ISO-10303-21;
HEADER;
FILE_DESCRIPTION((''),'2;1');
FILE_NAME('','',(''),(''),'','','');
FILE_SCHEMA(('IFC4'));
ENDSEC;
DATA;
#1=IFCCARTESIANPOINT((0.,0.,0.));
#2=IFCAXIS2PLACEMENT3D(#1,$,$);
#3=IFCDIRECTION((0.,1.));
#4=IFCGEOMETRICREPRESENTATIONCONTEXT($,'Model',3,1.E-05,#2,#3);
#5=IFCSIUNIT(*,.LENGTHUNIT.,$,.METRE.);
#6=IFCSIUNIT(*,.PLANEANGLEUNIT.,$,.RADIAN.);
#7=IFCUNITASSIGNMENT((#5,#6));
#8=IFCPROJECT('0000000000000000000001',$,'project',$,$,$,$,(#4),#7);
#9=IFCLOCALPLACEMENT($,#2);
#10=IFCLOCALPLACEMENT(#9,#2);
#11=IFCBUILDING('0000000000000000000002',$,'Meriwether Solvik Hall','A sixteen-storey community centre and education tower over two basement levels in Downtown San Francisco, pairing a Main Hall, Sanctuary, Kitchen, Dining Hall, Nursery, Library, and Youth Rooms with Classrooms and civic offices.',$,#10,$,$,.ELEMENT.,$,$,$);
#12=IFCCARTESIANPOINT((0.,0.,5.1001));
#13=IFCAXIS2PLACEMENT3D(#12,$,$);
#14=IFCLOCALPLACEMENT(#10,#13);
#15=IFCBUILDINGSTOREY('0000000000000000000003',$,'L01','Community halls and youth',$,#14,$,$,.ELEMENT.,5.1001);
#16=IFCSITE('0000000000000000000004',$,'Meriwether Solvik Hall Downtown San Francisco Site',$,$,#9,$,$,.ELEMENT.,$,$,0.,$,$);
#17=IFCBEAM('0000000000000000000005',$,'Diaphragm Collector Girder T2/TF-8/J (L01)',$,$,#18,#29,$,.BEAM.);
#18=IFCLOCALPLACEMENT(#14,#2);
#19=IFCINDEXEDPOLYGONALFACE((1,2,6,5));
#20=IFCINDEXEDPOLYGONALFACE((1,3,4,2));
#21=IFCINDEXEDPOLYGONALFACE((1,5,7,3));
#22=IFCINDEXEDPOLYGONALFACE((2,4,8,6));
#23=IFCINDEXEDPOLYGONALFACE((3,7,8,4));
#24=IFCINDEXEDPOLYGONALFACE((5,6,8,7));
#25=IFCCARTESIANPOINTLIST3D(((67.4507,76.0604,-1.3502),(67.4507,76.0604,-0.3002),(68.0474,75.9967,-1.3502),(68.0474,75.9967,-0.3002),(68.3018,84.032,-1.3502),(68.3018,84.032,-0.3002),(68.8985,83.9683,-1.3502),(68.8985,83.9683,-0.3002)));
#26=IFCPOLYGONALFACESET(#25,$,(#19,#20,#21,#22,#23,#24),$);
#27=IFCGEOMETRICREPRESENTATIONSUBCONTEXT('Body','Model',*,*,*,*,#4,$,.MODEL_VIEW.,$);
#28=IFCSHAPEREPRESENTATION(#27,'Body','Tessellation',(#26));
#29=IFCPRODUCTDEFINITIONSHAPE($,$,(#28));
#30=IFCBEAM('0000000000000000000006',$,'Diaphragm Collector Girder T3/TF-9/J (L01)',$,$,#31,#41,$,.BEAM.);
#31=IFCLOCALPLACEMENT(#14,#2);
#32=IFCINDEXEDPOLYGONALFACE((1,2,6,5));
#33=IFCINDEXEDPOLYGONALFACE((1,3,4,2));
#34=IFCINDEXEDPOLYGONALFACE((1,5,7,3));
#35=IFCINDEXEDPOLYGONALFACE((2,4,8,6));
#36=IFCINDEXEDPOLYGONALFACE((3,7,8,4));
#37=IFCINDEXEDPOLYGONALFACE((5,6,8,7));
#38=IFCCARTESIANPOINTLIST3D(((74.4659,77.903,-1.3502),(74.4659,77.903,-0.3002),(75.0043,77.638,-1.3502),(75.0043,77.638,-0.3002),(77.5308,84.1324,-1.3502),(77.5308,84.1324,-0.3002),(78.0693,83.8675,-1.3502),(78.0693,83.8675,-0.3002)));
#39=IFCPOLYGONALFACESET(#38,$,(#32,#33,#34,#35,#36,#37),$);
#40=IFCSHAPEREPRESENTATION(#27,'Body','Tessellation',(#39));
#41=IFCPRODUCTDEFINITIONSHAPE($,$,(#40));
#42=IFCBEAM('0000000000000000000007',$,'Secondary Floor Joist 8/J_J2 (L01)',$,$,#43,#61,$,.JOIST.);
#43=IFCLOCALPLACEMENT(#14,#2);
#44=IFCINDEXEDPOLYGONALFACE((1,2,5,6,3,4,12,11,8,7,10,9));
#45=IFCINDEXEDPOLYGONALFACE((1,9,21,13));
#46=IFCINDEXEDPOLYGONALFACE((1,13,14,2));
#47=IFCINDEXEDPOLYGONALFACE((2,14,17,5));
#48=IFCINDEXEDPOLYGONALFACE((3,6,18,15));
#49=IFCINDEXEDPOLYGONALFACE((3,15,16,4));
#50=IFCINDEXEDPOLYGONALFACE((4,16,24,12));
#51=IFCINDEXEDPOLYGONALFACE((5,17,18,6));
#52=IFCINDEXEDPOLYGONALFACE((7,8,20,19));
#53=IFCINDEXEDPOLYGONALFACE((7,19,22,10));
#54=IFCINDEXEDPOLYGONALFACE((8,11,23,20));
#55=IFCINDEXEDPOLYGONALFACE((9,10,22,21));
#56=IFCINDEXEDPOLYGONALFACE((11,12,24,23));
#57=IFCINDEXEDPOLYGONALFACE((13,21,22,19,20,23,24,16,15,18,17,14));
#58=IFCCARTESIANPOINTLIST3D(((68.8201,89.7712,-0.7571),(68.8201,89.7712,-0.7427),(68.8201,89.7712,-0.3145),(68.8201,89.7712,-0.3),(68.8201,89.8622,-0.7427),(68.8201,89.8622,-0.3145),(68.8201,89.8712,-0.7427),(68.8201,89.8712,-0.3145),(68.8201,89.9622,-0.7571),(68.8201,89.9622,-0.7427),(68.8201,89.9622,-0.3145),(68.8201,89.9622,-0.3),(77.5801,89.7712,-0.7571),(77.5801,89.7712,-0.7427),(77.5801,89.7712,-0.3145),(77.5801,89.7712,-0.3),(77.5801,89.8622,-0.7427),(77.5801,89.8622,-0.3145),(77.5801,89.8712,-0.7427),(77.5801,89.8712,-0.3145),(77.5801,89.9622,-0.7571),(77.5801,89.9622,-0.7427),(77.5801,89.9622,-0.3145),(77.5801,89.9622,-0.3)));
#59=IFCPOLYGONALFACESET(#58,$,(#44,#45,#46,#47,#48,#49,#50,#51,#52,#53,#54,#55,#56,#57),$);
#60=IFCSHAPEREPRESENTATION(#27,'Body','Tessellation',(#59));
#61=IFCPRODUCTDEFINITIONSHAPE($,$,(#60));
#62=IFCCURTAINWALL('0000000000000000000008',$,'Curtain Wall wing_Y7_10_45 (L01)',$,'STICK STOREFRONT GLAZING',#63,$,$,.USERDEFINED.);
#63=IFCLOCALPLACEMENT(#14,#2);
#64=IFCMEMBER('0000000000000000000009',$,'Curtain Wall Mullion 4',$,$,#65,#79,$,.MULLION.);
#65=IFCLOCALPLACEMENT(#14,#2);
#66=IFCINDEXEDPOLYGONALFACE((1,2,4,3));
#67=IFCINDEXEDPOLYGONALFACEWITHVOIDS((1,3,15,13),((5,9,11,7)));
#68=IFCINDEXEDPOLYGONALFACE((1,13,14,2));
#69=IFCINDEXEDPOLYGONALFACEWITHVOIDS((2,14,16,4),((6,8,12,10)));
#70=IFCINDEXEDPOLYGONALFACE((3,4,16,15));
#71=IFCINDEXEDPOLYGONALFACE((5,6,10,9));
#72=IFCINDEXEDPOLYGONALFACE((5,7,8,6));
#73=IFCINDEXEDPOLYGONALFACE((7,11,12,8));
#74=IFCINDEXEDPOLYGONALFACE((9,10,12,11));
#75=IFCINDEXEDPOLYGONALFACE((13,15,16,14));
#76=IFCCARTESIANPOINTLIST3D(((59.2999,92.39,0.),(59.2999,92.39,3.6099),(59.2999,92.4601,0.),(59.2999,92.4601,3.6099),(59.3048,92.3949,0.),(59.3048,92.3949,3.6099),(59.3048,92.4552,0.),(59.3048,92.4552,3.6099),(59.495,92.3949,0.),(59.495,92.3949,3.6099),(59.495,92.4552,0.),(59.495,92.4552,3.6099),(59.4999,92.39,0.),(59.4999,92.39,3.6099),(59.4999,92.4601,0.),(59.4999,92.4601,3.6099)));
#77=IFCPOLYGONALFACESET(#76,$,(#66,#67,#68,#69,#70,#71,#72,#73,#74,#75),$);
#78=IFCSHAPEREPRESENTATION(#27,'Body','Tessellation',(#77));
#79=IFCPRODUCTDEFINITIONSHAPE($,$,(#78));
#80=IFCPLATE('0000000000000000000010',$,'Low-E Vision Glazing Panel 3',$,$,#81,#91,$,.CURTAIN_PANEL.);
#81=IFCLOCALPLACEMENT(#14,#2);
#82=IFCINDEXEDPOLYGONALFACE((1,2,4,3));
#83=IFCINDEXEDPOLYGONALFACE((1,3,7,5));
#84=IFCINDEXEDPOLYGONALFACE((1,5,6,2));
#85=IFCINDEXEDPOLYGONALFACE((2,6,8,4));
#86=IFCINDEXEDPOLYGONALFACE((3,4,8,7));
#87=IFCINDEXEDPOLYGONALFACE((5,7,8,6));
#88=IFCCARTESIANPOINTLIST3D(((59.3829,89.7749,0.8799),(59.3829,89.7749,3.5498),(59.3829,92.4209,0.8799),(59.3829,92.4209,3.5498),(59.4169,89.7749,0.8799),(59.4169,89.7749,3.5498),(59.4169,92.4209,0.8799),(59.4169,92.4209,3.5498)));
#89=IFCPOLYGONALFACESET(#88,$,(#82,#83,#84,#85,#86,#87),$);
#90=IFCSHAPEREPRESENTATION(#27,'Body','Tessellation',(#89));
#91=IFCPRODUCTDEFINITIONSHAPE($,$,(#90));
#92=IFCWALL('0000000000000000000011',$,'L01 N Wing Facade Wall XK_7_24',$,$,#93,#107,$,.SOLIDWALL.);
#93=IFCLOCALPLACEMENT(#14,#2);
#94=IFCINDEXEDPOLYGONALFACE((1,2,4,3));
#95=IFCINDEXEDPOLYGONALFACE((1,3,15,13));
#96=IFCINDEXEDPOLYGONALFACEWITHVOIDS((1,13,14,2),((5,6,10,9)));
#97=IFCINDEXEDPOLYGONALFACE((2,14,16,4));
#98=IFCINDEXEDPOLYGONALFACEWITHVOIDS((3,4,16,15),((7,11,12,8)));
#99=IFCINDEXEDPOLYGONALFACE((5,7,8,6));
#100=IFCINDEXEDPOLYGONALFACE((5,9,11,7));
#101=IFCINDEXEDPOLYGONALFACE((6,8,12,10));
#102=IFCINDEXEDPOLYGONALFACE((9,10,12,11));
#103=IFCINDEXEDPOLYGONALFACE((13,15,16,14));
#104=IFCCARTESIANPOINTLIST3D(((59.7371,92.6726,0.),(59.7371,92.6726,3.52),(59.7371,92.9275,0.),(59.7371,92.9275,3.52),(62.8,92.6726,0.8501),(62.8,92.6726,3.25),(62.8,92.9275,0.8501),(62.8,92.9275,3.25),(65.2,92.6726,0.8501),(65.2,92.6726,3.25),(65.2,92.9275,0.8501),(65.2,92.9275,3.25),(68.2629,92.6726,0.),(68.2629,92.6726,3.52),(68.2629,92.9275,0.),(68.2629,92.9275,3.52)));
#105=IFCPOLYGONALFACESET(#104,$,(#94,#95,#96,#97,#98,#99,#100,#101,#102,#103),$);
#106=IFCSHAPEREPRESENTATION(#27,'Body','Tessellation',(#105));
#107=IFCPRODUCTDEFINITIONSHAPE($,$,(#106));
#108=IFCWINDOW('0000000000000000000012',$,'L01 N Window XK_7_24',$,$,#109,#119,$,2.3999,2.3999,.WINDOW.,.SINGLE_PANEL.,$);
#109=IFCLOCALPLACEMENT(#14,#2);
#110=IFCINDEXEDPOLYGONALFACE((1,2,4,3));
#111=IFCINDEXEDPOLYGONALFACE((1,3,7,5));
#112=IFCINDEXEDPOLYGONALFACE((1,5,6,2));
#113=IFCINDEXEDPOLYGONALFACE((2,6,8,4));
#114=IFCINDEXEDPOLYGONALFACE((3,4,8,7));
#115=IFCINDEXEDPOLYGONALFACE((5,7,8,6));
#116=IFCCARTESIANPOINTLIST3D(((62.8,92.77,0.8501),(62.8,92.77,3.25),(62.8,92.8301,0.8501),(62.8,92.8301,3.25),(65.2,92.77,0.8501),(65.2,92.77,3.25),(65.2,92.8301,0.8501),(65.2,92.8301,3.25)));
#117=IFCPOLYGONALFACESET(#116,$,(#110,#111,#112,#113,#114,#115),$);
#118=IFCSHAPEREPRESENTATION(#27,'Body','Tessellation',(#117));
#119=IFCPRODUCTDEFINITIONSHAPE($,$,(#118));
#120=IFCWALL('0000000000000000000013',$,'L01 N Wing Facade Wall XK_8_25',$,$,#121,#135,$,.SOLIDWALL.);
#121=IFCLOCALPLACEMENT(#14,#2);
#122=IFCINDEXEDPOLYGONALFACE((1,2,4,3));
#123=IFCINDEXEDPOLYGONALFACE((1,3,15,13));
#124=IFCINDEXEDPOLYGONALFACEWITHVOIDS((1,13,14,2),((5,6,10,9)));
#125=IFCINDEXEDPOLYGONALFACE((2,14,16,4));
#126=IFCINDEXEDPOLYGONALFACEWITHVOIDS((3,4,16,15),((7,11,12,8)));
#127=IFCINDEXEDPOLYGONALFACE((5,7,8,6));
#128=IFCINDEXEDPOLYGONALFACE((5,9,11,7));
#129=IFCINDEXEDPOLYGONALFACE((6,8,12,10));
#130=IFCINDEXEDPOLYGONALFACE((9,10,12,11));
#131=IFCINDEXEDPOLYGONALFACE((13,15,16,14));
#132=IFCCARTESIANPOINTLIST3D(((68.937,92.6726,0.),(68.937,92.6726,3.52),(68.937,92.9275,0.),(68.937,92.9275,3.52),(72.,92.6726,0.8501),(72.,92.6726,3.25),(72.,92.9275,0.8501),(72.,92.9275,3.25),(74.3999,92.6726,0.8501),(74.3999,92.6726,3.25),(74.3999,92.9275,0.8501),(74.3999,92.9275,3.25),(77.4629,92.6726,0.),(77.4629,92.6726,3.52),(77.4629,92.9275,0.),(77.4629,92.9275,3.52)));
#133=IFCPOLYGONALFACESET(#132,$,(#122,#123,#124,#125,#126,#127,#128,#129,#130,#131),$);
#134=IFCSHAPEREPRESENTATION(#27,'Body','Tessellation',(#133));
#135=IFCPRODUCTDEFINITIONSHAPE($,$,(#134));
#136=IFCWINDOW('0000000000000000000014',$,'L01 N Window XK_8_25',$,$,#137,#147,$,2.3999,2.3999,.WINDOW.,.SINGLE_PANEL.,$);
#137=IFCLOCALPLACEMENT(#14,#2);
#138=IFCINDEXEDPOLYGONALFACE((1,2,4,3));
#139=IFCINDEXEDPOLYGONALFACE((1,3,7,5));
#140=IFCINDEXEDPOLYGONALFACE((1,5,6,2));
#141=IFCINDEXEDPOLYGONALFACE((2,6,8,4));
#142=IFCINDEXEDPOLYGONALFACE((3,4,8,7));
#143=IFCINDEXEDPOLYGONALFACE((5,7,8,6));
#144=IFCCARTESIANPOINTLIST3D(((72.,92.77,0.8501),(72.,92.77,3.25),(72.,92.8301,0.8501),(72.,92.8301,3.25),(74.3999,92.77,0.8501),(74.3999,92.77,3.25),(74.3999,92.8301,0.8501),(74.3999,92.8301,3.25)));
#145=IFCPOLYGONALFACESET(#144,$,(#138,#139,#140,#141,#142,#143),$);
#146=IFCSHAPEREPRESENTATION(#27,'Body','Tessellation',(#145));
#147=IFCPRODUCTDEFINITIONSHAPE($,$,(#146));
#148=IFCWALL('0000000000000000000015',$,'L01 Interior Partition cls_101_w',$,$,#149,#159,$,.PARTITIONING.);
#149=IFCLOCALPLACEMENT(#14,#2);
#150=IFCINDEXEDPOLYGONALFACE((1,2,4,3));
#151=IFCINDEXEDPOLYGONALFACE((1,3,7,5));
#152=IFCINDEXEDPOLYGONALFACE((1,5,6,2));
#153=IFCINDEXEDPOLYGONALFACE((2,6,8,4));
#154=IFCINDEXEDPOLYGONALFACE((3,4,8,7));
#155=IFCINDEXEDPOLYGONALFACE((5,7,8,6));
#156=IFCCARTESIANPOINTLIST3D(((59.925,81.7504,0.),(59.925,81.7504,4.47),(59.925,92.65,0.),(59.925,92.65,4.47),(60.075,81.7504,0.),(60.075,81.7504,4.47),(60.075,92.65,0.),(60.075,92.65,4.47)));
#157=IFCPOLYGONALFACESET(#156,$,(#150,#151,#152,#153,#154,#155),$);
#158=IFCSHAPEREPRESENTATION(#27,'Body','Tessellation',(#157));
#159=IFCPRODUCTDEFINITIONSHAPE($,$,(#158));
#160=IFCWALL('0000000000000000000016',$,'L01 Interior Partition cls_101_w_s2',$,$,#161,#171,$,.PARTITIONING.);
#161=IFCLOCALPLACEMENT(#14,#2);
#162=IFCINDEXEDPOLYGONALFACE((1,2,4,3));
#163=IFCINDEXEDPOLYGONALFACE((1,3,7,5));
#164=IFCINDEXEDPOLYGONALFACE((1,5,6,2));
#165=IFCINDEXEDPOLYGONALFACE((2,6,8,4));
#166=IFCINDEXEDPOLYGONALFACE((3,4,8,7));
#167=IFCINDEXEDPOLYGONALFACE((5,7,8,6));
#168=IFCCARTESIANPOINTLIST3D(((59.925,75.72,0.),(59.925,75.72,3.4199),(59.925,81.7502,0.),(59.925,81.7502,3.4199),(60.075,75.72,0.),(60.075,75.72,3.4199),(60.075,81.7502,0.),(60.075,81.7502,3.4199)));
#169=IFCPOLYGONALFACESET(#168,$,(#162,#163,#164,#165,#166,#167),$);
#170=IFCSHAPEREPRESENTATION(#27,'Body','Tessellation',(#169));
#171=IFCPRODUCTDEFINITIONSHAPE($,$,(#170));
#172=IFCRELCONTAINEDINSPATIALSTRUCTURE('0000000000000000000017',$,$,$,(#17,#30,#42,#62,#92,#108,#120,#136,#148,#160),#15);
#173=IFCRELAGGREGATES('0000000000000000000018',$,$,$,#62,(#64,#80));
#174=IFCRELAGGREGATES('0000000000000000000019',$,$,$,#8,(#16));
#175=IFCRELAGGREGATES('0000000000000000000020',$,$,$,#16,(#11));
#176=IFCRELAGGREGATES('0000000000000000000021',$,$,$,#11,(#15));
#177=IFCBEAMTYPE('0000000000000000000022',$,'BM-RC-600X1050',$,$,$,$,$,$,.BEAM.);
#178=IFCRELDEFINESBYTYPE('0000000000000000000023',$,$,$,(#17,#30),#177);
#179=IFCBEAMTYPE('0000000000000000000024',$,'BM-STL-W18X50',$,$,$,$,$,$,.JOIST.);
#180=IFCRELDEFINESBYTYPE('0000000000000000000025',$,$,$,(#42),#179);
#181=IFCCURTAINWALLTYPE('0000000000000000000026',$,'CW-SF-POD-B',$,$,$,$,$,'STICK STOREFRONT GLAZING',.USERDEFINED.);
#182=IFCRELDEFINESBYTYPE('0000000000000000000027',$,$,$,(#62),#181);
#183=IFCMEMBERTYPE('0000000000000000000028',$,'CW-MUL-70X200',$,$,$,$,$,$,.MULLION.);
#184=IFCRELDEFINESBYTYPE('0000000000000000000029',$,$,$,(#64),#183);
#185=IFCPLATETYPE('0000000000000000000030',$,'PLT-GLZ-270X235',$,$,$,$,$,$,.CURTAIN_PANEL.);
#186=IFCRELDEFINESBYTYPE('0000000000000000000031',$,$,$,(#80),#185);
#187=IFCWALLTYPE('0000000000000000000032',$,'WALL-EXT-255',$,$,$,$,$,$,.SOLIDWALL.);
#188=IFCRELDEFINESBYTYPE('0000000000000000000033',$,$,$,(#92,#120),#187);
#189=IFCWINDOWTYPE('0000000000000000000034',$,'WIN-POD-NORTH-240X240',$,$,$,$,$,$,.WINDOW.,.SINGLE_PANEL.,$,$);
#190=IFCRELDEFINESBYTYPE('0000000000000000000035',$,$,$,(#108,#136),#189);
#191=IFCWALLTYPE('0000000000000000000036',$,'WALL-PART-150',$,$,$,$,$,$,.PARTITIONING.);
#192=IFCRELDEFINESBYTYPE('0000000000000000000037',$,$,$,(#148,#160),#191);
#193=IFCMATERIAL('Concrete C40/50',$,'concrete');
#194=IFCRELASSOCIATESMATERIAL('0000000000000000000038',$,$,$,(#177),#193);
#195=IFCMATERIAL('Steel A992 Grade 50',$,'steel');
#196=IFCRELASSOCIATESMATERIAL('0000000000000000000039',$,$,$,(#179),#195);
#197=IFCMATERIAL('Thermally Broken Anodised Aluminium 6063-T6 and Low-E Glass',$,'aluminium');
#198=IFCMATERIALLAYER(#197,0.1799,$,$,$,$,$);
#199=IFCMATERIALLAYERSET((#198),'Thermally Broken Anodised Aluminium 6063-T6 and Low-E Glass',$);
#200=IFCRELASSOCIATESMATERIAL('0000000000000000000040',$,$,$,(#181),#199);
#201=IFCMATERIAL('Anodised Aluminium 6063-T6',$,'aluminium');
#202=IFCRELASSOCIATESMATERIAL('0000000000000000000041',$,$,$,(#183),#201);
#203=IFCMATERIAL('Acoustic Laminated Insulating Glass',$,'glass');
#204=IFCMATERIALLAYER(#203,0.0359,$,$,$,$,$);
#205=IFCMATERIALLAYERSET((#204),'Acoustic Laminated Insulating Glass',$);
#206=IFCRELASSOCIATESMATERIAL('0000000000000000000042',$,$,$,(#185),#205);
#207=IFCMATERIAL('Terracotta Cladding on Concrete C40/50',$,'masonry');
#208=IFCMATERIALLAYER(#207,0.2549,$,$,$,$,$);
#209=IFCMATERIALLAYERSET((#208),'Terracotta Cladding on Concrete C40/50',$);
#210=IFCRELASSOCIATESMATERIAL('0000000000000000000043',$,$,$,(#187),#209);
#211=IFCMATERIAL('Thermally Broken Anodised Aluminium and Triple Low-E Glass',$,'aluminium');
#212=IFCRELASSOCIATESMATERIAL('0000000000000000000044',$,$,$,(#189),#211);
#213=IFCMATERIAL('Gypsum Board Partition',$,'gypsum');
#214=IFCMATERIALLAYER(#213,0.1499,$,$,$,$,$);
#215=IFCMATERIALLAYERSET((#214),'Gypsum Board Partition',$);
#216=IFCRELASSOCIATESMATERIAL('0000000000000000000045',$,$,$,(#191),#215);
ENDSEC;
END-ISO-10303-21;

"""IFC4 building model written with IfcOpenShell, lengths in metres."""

from ifc_helpers import new_model, si_unit, direction, frame, frame_2d, origin, origin_2d, place, context, subcontext, project, spatial, rectangle, hollow_rectangle, i_section, extrude, material, layer, layer_set, material_profile, profile_set, type_object, element, fill, aggregate, save


model = new_model("IFC4")

# Units and contexts
model_context = context("Model", 3, precision=1e-05, world=origin(), true_north=direction((0.0, 1.0)))
body_context = subcontext(model_context, "Body", "Model", "MODEL_VIEW")
ifc_project = project(units=[si_unit("LENGTHUNIT", "METRE"), si_unit("PLANEANGLEUNIT", "RADIAN")], contexts=[model_context])

# Site, building, storey
site_placement = place(None, origin())
site = spatial("IfcSite", under=ifc_project, at=site_placement, Name="Meriwether Solvik Hall Downtown San Francisco Site", CompositionType="ELEMENT", RefElevation=0.0)
building_placement = place(site_placement, origin())
building = spatial("IfcBuilding", under=site, at=building_placement, Name="Meriwether Solvik Hall", Description="A sixteen-storey community centre and education tower over two basement levels in Downtown San Francisco, pairing a Main Hall, Sanctuary, Kitchen, Dining Hall, Nursery, Library, and Youth Rooms with Classrooms and civic offices.", CompositionType="ELEMENT")
storey_placement = place(building_placement, frame((0.0, 0.0, 5.1001)))
storey = spatial("IfcBuildingStorey", under=building, at=storey_placement, Name="L01", Description="Community halls and youth", CompositionType="ELEMENT", Elevation=5.1001)

# Beams
ifc_material_1 = material(Name="Concrete C40/50", Category="concrete")
ifc_material_profile_1 = material_profile(ifc_material_1, rectangle(XDim=0.6001, YDim=1.05, at=origin_2d()), Name="RCB-600X1050")
ifc_profile_set_1 = profile_set([ifc_material_profile_1], Name="Concrete C40/50")
beam_type_1 = type_object("IfcBeamType", Name="BM-RC-600X1050", PredefinedType="BEAM", material=ifc_profile_set_1)
beam_1_placement = place(storey_placement, frame((67.749, 76.0286, -0.8252), z_axis=(0.106162, 0.994349, 0.0), x_axis=(-0.994349, 0.106162, 0.0)))
element("IfcBeam", 1, at=beam_1_placement, inside=storey, type_object=beam_type_1, Name="Diaphragm Collector Girder T2/TF-8/J (L01)", PredefinedType="BEAM", context=body_context, shape_type="SweptSolid", body=[
    extrude(rectangle(XDim=0.6001, YDim=1.05, at=origin_2d()), origin(), (0.0, 0.0, 1.0), 8.0168),
])
beam_2_placement = place(storey_placement, frame((74.7351, 77.7705, -0.8252), z_axis=(0.441465, 0.897278, 0.0), x_axis=(-0.897278, 0.441465, 0.0)))
element("IfcBeam", 2, at=beam_2_placement, inside=storey, type_object=beam_type_1, Name="Diaphragm Collector Girder T3/TF-9/J (L01)", PredefinedType="BEAM", context=body_context, shape_type="SweptSolid", body=[
    extrude(rectangle(XDim=0.6001, YDim=1.05, at=origin_2d()), origin(), (0.0, 0.0, 1.0), 6.9426),
])
ifc_material_2 = material(Name="Steel A992 Grade 50", Category="steel")
ifc_material_profile_2 = material_profile(ifc_material_2, i_section(OverallWidth=0.1909, OverallDepth=0.457, WebThickness=0.009, FlangeThickness=0.0144, at=origin_2d()), Name="W18X50")
ifc_profile_set_2 = profile_set([ifc_material_profile_2], Name="Steel A992 Grade 50")
beam_type_2 = type_object("IfcBeamType", Name="BM-STL-W18X50", PredefinedType="JOIST", material=ifc_profile_set_2)
beam_3_placement = place(storey_placement, frame((68.8201, 89.8667, -0.5286), z_axis=(1.0, 0.0, 0.0), x_axis=(0.0, 1.0, 0.0)))
element("IfcBeam", 3, at=beam_3_placement, inside=storey, type_object=beam_type_2, Name="Secondary Floor Joist 8/J_J2 (L01)", PredefinedType="JOIST", context=body_context, shape_type="SweptSolid", body=[
    extrude(i_section(OverallWidth=0.1909, OverallDepth=0.457, WebThickness=0.009, FlangeThickness=0.0144, at=origin_2d()), origin(), (0.0, 0.0, 1.0), 8.76),
])

# Curtain wall, member, plate
ifc_material_3 = material(Name="Thermally Broken Anodised Aluminium 6063-T6 and Low-E Glass", Category="aluminium")
ifc_layer_1 = layer(ifc_material_3, 0.1799)
ifc_layer_set_1 = layer_set([ifc_layer_1], Name="Thermally Broken Anodised Aluminium 6063-T6 and Low-E Glass")
curtain_wall_type = type_object("IfcCurtainWallType", Name="CW-SF-POD-B", ElementType="STICK STOREFRONT GLAZING", PredefinedType="USERDEFINED", material=ifc_layer_set_1)
curtain_wall_placement = place(storey_placement, origin())
curtain_wall = element("IfcCurtainWall", 4, at=curtain_wall_placement, inside=storey, type_object=curtain_wall_type, Name="Curtain Wall wing_Y7_10_45 (L01)", ObjectType="STICK STOREFRONT GLAZING", PredefinedType="USERDEFINED")
ifc_material_4 = material(Name="Anodised Aluminium 6063-T6", Category="aluminium")
ifc_material_profile_3 = material_profile(ifc_material_4, hollow_rectangle(XDim=0.0701, YDim=0.2, WallThickness=0.0049, at=origin_2d()), Name="CWM-70X200")
ifc_profile_set_3 = profile_set([ifc_material_profile_3], Name="Anodised Aluminium 6063-T6")
member_type = type_object("IfcMemberType", Name="CW-MUL-70X200", PredefinedType="MULLION", material=ifc_profile_set_3)
member_placement = place(storey_placement, frame((59.3999, 92.425, 0.0), z_axis=(0.0, 0.0, 1.0), x_axis=(0.0, 1.0, 0.0)))
member = element("IfcMember", 5, at=member_placement, type_object=member_type, Name="Curtain Wall Mullion 4", PredefinedType="MULLION", context=body_context, shape_type="SweptSolid", body=[
    extrude(hollow_rectangle(XDim=0.0701, YDim=0.2, WallThickness=0.0049, at=origin_2d()), origin(), (0.0, 0.0, 1.0), 3.6099),
])
ifc_material_5 = material(Name="Acoustic Laminated Insulating Glass", Category="glass")
ifc_layer_2 = layer(ifc_material_5, 0.0359)
ifc_layer_set_2 = layer_set([ifc_layer_2], Name="Acoustic Laminated Insulating Glass")
plate_type = type_object("IfcPlateType", Name="PLT-GLZ-270X235", PredefinedType="CURTAIN_PANEL", material=ifc_layer_set_2)
plate_placement = place(storey_placement, frame((59.3999, 91.0979, 0.8799), z_axis=(0.0, 0.0, 1.0), x_axis=(0.0, 1.0, 0.0)))
plate = element("IfcPlate", 6, at=plate_placement, type_object=plate_type, Name="Low-E Vision Glazing Panel 3", PredefinedType="CURTAIN_PANEL", context=body_context, shape_type="SweptSolid", body=[
    extrude(rectangle(XDim=2.646, YDim=0.0339, at=origin_2d()), origin(), (0.0, 0.0, 1.0), 2.6699),
])
aggregate(curtain_wall, [member, plate])

# Walls, openings, windows
ifc_material_6 = material(Name="Terracotta Cladding on Concrete C40/50", Category="masonry")
ifc_layer_3 = layer(ifc_material_6, 0.2549)
ifc_layer_set_3 = layer_set([ifc_layer_3], Name="Terracotta Cladding on Concrete C40/50")
wall_type_1 = type_object("IfcWallType", Name="WALL-EXT-255", PredefinedType="SOLIDWALL", material=ifc_layer_set_3)
wall_1_placement = place(storey_placement, frame((59.7371, 92.8, 0.0), z_axis=(0.0, 0.0, 1.0), x_axis=(1.0, 0.0, 0.0)))
wall_1 = element("IfcWall", 7, at=wall_1_placement, inside=storey, type_object=wall_type_1, Name="L01 N Wing Facade Wall XK_7_24", PredefinedType="SOLIDWALL", context=body_context, shape_type="SweptSolid", body=[
    extrude(rectangle(XDim=8.5259, YDim=0.2549, at=frame_2d((4.2629, 0.0))), origin(), (0.0, 0.0, 1.0), 3.52),
])
opening_1_placement = place(wall_1_placement, frame((3.063, 0.0, 0.8501)))
opening_1 = element("IfcOpeningElement", 8, at=opening_1_placement, cuts=wall_1, PredefinedType="OPENING", context=body_context, shape_type="SweptSolid", body=[
    extrude(rectangle(XDim=2.3999, YDim=2.3999, at=frame_2d((1.2, 1.2))), frame((0.0, 0.1394, 0.0), z_axis=(0.0, -1.0, 0.0), x_axis=(1.0, 0.0, 0.0)), (0.0, 0.0, 1.0), 0.2788),
])
ifc_material_7 = material(Name="Thermally Broken Anodised Aluminium and Triple Low-E Glass", Category="aluminium")
window_type = type_object("IfcWindowType", Name="WIN-POD-NORTH-240X240", PartitioningType="SINGLE_PANEL", PredefinedType="WINDOW", material=ifc_material_7)
window_1_placement = place(opening_1_placement, origin())
window_1 = element("IfcWindow", 9, at=window_1_placement, inside=storey, type_object=window_type, Name="L01 N Window XK_7_24", OverallHeight=2.3999, OverallWidth=2.3999, PartitioningType="SINGLE_PANEL", PredefinedType="WINDOW", context=body_context, shape_type="SweptSolid", body=[
    extrude(rectangle(XDim=2.3999, YDim=2.3999, at=frame_2d((1.2, 1.2))), frame((0.0, 0.03, 0.0), z_axis=(0.0, -1.0, 0.0), x_axis=(1.0, 0.0, 0.0)), (0.0, 0.0, 1.0), 0.0601),
])
fill(opening_1, window_1)
wall_2_placement = place(storey_placement, frame((68.937, 92.8, 0.0), z_axis=(0.0, 0.0, 1.0), x_axis=(1.0, 0.0, 0.0)))
wall_2 = element("IfcWall", 10, at=wall_2_placement, inside=storey, type_object=wall_type_1, Name="L01 N Wing Facade Wall XK_8_25", PredefinedType="SOLIDWALL", context=body_context, shape_type="SweptSolid", body=[
    extrude(rectangle(XDim=8.5259, YDim=0.2549, at=frame_2d((4.2629, 0.0))), origin(), (0.0, 0.0, 1.0), 3.52),
])
opening_2_placement = place(wall_2_placement, frame((3.063, 0.0, 0.8501)))
opening_2 = element("IfcOpeningElement", 11, at=opening_2_placement, cuts=wall_2, PredefinedType="OPENING", context=body_context, shape_type="SweptSolid", body=[
    extrude(rectangle(XDim=2.3999, YDim=2.3999, at=frame_2d((1.2, 1.2))), frame((0.0, 0.1394, 0.0), z_axis=(0.0, -1.0, 0.0), x_axis=(1.0, 0.0, 0.0)), (0.0, 0.0, 1.0), 0.2788),
])
window_2_placement = place(opening_2_placement, origin())
window_2 = element("IfcWindow", 12, at=window_2_placement, inside=storey, type_object=window_type, Name="L01 N Window XK_8_25", OverallHeight=2.3999, OverallWidth=2.3999, PartitioningType="SINGLE_PANEL", PredefinedType="WINDOW", context=body_context, shape_type="SweptSolid", body=[
    extrude(rectangle(XDim=2.3999, YDim=2.3999, at=frame_2d((1.2, 1.2))), frame((0.0, 0.03, 0.0), z_axis=(0.0, -1.0, 0.0), x_axis=(1.0, 0.0, 0.0)), (0.0, 0.0, 1.0), 0.0601),
])
fill(opening_2, window_2)

# Walls
ifc_material_8 = material(Name="Gypsum Board Partition", Category="gypsum")
ifc_layer_4 = layer(ifc_material_8, 0.1499)
ifc_layer_set_4 = layer_set([ifc_layer_4], Name="Gypsum Board Partition")
wall_type_2 = type_object("IfcWallType", Name="WALL-PART-150", PredefinedType="PARTITIONING", material=ifc_layer_set_4)
wall_3_placement = place(storey_placement, frame((60.0, 92.6499, 0.0), z_axis=(0.0, 0.0, 1.0), x_axis=(0.0, -1.0, 0.0)))
element("IfcWall", 13, at=wall_3_placement, inside=storey, type_object=wall_type_2, Name="L01 Interior Partition cls_101_w", PredefinedType="PARTITIONING", context=body_context, shape_type="SweptSolid", body=[
    extrude(rectangle(XDim=10.8997, YDim=0.1499, at=frame_2d((5.4497, 0.0))), origin(), (0.0, 0.0, 1.0), 4.47),
])
wall_4_placement = place(storey_placement, frame((60.0, 81.7502, 0.0), z_axis=(0.0, 0.0, 1.0), x_axis=(0.0, -1.0, 0.0)))
element("IfcWall", 14, at=wall_4_placement, inside=storey, type_object=wall_type_2, Name="L01 Interior Partition cls_101_w_s2", PredefinedType="PARTITIONING", context=body_context, shape_type="SweptSolid", body=[
    extrude(rectangle(XDim=6.0303, YDim=0.1499, at=frame_2d((3.0151, 0.0))), origin(), (0.0, 0.0, 1.0), 3.4199),
])

save(model, "model.ifc")
